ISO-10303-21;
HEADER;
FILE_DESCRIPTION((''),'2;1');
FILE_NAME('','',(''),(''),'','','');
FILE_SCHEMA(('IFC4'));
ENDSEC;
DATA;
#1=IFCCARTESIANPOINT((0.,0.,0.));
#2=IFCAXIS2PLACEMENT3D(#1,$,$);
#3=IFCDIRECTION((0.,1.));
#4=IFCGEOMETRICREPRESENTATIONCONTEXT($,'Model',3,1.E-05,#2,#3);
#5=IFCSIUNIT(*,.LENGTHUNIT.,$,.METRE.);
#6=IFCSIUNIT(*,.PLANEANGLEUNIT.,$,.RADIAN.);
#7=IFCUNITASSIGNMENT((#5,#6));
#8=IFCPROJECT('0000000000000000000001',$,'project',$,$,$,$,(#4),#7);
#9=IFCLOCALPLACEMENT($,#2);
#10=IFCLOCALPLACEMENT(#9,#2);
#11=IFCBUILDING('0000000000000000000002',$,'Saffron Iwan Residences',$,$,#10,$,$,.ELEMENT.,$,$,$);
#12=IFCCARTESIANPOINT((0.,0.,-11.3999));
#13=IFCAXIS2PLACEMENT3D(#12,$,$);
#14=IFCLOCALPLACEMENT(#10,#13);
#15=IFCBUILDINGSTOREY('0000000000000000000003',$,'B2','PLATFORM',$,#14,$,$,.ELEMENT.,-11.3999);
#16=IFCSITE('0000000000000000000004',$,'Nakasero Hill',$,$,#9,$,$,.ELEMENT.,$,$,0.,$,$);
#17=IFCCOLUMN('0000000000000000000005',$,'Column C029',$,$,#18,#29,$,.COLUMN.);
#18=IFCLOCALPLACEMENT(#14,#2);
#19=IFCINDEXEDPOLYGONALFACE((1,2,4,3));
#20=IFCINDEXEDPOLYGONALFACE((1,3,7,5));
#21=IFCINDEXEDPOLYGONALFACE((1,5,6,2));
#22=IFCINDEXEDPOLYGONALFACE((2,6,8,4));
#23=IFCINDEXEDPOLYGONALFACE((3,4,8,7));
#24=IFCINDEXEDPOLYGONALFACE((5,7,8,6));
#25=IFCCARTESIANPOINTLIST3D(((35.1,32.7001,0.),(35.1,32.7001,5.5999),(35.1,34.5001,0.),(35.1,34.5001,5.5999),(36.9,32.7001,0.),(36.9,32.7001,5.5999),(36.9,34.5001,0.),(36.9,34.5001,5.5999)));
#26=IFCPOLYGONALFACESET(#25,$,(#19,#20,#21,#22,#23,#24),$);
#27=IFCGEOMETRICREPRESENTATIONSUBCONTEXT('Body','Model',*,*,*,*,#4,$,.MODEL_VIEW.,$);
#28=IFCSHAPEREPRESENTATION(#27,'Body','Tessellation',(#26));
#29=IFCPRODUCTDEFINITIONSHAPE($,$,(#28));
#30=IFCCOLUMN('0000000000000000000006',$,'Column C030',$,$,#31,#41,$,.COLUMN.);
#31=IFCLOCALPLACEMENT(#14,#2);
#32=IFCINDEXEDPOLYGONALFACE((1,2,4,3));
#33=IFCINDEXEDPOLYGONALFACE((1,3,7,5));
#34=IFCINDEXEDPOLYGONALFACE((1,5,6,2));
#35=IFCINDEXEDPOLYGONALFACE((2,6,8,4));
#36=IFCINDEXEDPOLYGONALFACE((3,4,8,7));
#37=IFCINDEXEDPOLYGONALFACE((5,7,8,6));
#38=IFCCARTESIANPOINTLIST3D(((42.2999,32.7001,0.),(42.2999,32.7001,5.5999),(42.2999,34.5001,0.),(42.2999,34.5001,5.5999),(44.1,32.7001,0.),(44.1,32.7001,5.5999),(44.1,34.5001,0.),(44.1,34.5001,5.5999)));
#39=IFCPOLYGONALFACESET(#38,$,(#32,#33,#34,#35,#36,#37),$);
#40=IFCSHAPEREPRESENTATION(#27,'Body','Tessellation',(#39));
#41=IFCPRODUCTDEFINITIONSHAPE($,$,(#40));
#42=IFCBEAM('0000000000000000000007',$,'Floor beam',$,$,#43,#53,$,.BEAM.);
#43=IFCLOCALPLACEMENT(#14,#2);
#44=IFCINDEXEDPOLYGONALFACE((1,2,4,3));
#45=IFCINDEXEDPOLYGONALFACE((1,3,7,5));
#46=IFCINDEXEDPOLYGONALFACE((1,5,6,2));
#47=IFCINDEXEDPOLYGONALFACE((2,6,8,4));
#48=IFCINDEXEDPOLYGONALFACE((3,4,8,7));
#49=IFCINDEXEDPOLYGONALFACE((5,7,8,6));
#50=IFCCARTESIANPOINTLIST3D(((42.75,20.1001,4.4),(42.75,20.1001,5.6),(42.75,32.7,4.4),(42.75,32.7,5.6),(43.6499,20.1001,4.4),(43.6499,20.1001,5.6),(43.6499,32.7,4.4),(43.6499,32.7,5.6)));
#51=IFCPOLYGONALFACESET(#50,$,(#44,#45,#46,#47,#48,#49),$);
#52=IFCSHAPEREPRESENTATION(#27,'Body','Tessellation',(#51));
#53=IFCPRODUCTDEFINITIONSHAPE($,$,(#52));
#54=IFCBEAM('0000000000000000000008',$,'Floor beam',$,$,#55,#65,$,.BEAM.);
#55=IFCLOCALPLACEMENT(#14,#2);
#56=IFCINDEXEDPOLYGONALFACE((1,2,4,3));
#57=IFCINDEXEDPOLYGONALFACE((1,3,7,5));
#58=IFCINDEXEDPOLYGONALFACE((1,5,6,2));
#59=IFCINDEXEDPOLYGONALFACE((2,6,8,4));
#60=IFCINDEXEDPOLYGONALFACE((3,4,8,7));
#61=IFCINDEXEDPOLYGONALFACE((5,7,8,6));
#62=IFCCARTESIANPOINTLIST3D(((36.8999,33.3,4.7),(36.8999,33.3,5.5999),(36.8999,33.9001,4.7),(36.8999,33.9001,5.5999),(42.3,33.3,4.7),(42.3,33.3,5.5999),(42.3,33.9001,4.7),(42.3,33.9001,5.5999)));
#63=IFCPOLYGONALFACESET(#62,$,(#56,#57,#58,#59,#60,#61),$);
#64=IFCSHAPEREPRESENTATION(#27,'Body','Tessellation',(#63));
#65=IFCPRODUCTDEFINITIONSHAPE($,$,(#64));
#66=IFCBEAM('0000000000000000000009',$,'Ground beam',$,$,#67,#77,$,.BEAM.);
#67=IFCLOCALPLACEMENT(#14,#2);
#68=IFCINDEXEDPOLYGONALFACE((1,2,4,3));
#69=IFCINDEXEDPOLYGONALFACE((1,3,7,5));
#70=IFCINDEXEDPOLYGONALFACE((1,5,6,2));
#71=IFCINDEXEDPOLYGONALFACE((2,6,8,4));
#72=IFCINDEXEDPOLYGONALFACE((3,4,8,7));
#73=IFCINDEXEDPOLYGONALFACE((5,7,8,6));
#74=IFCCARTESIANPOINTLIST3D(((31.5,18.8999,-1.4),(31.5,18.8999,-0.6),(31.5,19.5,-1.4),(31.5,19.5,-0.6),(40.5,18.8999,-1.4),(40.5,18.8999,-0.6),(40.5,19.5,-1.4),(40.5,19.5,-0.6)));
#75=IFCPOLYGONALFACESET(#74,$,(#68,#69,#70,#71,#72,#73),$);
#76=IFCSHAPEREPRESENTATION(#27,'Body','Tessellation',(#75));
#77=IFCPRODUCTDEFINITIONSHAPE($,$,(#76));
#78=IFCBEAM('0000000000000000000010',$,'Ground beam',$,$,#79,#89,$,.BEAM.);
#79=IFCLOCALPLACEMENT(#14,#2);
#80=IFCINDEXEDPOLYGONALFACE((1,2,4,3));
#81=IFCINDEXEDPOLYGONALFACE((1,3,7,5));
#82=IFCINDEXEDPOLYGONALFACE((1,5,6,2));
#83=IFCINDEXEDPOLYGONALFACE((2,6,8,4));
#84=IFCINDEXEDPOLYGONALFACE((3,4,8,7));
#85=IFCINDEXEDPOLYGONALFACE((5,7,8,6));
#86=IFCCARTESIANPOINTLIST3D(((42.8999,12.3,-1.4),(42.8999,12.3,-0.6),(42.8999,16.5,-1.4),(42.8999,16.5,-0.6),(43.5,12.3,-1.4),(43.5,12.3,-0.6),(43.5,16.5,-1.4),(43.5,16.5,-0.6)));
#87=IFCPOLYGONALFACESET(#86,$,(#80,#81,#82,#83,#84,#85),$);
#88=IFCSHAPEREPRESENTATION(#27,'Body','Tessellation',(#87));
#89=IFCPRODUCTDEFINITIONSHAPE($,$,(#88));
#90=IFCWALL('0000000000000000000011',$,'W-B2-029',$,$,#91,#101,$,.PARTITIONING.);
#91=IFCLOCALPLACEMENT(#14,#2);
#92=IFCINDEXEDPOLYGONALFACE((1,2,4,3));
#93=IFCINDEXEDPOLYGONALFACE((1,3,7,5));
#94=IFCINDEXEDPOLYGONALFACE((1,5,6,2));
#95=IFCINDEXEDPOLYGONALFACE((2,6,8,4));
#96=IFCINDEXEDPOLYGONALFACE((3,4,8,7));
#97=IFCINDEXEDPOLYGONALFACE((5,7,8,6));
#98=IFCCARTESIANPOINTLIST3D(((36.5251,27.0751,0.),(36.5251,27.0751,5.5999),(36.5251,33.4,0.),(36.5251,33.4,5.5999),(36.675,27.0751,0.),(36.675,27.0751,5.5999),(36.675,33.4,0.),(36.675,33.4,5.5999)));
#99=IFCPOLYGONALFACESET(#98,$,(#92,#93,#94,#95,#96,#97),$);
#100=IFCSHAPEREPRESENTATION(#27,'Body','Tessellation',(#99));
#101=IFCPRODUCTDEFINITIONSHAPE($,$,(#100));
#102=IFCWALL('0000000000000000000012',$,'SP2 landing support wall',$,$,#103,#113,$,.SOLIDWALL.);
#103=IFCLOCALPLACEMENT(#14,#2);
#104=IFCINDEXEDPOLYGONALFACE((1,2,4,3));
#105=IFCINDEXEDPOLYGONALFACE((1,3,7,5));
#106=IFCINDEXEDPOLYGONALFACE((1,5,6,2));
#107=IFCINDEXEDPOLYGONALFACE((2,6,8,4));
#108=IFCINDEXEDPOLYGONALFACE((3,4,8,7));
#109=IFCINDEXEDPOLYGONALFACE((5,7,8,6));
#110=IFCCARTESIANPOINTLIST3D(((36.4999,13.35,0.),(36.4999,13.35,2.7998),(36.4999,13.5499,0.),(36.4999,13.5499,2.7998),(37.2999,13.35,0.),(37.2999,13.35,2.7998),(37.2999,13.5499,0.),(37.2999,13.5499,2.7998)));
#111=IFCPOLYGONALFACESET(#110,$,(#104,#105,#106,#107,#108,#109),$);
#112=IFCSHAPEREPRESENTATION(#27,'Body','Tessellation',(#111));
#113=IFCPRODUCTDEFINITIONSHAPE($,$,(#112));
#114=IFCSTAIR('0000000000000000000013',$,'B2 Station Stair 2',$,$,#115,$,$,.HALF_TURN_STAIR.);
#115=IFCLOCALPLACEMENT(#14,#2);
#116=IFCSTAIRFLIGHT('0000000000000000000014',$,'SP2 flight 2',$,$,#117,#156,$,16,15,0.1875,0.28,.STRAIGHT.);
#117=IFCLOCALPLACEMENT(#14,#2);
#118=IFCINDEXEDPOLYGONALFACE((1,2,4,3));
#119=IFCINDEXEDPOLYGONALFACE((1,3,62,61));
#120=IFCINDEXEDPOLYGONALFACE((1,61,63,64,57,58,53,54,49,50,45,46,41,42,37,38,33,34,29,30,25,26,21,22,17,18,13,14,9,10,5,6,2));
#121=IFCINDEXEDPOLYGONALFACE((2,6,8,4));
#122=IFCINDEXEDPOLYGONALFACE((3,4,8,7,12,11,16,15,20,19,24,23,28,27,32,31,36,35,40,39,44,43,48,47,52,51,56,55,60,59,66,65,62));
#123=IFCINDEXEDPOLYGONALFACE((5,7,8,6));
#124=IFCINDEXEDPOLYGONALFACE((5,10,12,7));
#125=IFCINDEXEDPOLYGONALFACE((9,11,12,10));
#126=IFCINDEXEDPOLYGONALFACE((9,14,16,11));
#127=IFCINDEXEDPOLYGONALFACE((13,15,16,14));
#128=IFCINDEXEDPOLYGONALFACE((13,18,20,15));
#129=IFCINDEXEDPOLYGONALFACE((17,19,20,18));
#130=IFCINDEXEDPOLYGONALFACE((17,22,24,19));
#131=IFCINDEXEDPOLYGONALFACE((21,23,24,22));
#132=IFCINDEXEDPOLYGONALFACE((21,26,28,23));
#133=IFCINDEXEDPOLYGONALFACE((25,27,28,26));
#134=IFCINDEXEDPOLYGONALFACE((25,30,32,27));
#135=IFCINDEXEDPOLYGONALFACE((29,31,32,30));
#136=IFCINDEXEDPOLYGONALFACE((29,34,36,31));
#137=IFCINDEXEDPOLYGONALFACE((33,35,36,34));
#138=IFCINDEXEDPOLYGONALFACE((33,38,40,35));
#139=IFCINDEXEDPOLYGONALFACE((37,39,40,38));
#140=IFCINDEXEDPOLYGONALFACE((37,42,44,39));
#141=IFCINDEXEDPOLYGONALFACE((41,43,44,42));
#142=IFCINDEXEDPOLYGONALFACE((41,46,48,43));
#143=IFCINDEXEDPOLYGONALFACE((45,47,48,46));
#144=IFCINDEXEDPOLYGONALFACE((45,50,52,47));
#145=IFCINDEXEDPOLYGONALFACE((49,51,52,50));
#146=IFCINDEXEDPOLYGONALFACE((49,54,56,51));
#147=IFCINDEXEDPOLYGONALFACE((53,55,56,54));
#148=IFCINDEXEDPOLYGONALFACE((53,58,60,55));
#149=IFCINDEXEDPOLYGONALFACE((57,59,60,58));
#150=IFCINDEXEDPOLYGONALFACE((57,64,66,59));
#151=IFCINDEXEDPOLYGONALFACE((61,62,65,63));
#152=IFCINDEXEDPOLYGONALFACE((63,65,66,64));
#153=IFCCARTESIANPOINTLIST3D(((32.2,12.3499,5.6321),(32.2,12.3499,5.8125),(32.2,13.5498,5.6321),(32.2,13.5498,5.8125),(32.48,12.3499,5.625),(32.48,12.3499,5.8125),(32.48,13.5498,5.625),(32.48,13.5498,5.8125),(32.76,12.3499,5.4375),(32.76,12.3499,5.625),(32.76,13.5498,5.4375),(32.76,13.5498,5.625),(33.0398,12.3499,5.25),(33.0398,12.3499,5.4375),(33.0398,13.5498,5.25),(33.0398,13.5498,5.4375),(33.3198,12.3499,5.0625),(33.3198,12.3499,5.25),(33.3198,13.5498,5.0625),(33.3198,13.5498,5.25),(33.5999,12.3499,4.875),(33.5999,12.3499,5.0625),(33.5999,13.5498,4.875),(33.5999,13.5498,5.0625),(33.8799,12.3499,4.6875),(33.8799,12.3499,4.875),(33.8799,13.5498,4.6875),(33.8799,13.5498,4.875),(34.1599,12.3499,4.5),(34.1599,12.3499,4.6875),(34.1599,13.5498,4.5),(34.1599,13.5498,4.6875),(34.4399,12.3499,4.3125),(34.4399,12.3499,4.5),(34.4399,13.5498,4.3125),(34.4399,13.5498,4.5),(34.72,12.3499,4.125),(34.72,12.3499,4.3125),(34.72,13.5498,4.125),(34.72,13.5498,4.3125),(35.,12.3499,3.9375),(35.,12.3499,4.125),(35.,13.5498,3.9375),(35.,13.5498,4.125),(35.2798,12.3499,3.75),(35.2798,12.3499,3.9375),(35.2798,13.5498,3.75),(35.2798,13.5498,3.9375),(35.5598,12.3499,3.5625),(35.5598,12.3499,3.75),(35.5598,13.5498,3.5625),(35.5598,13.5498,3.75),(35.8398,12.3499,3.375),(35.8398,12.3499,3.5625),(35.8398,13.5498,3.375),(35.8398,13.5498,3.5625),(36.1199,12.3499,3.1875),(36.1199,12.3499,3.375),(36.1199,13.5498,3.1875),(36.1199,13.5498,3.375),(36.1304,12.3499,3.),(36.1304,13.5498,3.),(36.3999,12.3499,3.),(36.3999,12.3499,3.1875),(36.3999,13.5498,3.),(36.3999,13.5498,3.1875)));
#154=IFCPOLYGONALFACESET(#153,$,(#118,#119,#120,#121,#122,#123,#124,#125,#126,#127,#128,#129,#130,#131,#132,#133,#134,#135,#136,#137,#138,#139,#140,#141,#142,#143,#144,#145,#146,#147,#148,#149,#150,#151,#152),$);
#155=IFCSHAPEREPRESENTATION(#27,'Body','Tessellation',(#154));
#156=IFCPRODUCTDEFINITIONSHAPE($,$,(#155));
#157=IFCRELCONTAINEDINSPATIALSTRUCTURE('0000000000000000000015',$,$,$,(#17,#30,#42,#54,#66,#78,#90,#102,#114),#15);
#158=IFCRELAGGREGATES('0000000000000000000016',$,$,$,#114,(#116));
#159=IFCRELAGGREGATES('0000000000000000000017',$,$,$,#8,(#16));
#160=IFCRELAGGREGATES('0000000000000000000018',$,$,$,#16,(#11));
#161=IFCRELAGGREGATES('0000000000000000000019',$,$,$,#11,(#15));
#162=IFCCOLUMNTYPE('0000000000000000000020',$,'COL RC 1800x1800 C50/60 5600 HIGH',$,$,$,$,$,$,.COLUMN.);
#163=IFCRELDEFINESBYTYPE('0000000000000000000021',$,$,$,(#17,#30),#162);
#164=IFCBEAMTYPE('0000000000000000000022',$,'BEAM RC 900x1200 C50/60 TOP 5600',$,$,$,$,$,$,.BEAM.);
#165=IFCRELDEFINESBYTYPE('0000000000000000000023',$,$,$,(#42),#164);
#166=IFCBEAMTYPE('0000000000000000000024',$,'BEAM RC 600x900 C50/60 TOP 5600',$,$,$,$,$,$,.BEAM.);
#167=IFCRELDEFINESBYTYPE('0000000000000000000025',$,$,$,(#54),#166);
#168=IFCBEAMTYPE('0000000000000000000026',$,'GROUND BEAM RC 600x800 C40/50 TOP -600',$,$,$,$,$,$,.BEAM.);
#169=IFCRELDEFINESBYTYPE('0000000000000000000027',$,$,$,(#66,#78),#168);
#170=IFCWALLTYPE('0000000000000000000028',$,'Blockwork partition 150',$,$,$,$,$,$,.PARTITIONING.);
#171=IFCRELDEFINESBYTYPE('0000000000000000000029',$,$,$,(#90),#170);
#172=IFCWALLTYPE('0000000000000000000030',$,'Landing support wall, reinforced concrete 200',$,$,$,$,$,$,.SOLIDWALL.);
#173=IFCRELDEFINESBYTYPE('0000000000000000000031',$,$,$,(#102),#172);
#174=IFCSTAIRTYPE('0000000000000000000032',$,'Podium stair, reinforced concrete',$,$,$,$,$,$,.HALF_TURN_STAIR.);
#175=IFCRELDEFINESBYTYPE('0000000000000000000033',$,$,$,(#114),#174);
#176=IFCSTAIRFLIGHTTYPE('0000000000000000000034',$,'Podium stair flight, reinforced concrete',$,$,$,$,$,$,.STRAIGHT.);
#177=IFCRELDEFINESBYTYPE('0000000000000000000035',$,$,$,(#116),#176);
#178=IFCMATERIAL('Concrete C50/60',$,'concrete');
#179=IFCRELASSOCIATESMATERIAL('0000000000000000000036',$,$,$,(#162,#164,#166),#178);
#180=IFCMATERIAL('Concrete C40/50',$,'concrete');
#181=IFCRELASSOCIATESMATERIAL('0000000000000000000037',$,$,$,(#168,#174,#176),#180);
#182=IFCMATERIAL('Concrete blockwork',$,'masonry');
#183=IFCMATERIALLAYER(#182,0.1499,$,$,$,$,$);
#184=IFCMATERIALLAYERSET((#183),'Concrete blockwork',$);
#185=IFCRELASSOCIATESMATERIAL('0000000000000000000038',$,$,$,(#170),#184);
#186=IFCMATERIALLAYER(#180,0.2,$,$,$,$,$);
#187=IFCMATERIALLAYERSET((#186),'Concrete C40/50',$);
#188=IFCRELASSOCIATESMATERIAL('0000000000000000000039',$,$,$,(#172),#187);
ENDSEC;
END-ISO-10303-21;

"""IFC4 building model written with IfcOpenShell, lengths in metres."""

from ifc_helpers import new_model, si_unit, direction, frame, frame_2d, origin, origin_2d, place, context, subcontext, project, spatial, polyline, rectangle, outline, extrude, source, transform, mapped, material, layer, layer_set, material_profile, profile_set, type_object, element, aggregate, save


model = new_model("IFC4")

# Units and contexts
model_context = context("Model", 3, precision=1e-05, world=origin(), true_north=direction((0.0, 1.0)))
body_context = subcontext(model_context, "Body", "Model", "MODEL_VIEW")
ifc_project = project(units=[si_unit("LENGTHUNIT", "METRE"), si_unit("PLANEANGLEUNIT", "RADIAN")], contexts=[model_context])

# Site, building, storey
site_placement = place(None, origin())
site = spatial("IfcSite", under=ifc_project, at=site_placement, Name="Nakasero Hill", CompositionType="ELEMENT", RefElevation=0.0)
building_placement = place(site_placement, origin())
building = spatial("IfcBuilding", under=site, at=building_placement, Name="Saffron Iwan Residences", CompositionType="ELEMENT")
storey_placement = place(building_placement, frame((0.0, 0.0, -11.3999)))
storey = spatial("IfcBuildingStorey", under=building, at=storey_placement, Name="B2", Description="PLATFORM", CompositionType="ELEMENT", Elevation=-11.3999)

# Shared definitions
ifc_material_1 = material(Name="Concrete C40/50", Category="concrete")

# Columns
ifc_material_2 = material(Name="Concrete C50/60", Category="concrete")
ifc_material_profile_1 = material_profile(ifc_material_2, rectangle(XDim=1.8, YDim=1.8, at=origin_2d()), Name="RC 1800x1800")
ifc_profile_set_1 = profile_set([ifc_material_profile_1], Name="Concrete C50/60")
column_type = type_object("IfcColumnType", Name="COL RC 1800x1800 C50/60 5600 HIGH", PredefinedType="COLUMN", material=ifc_profile_set_1)
shared_shape_1 = source(origin(), body_context, "Body", "SweptSolid", [
    extrude(rectangle(XDim=1.8, YDim=1.8, at=origin_2d()), origin(), (0.0, 0.0, 1.0), 5.5999),
])
for number, where, z_axis, x_axis, name in (
    (1, (36.0, 33.6001, 0.0), (0.0, 0.0, 1.0), (1.0, 0.0, 0.0), "Column C029"),
    (2, (43.2, 33.6001, 0.0), (0.0, 0.0, 1.0), (1.0, 0.0, 0.0), "Column C030"),
):
    element("IfcColumn", number, at=place(storey_placement, frame(where, z_axis=z_axis, x_axis=x_axis)), inside=storey, type_object=column_type, Name=name, PredefinedType="COLUMN", context=body_context, shape_type="MappedRepresentation", body=[
        mapped(shared_shape_1, transform((0.0, 0.0, 0.0))),
    ])

# Beams
ifc_material_profile_2 = material_profile(ifc_material_2, rectangle(XDim=0.8999, YDim=1.2, at=origin_2d()), Name="RC 900x1200")
ifc_profile_set_2 = profile_set([ifc_material_profile_2], Name="Concrete C50/60")
beam_type_1 = type_object("IfcBeamType", Name="BEAM RC 900x1200 C50/60 TOP 5600", PredefinedType="BEAM", material=ifc_profile_set_2)
shared_shape_2 = source(origin(), body_context, "Body", "SweptSolid", [
    extrude(rectangle(XDim=0.8999, YDim=1.2, at=origin_2d()), origin(), (0.0, 0.0, 1.0), 12.5999),
])
beam_1_placement = place(storey_placement, frame((43.2, 20.1001, 5.0), z_axis=(0.0, 1.0, 0.0), x_axis=(-1.0, 0.0, 0.0)))
element("IfcBeam", 3, at=beam_1_placement, inside=storey, type_object=beam_type_1, Name="Floor beam", PredefinedType="BEAM", context=body_context, shape_type="MappedRepresentation", body=[
    mapped(shared_shape_2, transform((0.0, 0.0, 0.0))),
])
ifc_material_profile_3 = material_profile(ifc_material_2, rectangle(XDim=0.6001, YDim=0.8999, at=origin_2d()), Name="RC 600x900")
ifc_profile_set_3 = profile_set([ifc_material_profile_3], Name="Concrete C50/60")
beam_type_2 = type_object("IfcBeamType", Name="BEAM RC 600x900 C50/60 TOP 5600", PredefinedType="BEAM", material=ifc_profile_set_3)
shared_shape_3 = source(origin(), body_context, "Body", "SweptSolid", [
    extrude(rectangle(XDim=0.6001, YDim=0.8999, at=origin_2d()), origin(), (0.0, 0.0, 1.0), 5.4001),
])
beam_2_placement = place(storey_placement, frame((36.8999, 33.6001, 5.1499), z_axis=(1.0, 0.0, 0.0), x_axis=(0.0, 1.0, 0.0)))
element("IfcBeam", 4, at=beam_2_placement, inside=storey, type_object=beam_type_2, Name="Floor beam", PredefinedType="BEAM", context=body_context, shape_type="MappedRepresentation", body=[
    mapped(shared_shape_3, transform((0.0, 0.0, 0.0))),
])
ifc_material_profile_4 = material_profile(ifc_material_1, rectangle(XDim=0.6001, YDim=0.8, at=origin_2d()), Name="RC 600x800")
ifc_profile_set_4 = profile_set([ifc_material_profile_4], Name="Concrete C40/50")
beam_type_3 = type_object("IfcBeamType", Name="GROUND BEAM RC 600x800 C40/50 TOP -600", PredefinedType="BEAM", material=ifc_profile_set_4)
shared_shape_4 = source(origin(), body_context, "Body", "SweptSolid", [
    extrude(rectangle(XDim=0.6001, YDim=0.8, at=origin_2d()), origin(), (0.0, 0.0, 1.0), 9.0),
])
beam_3_placement = place(storey_placement, frame((31.5, 19.2, -1.0), z_axis=(1.0, 0.0, 0.0), x_axis=(0.0, 1.0, 0.0)))
element("IfcBeam", 5, at=beam_3_placement, inside=storey, type_object=beam_type_3, Name="Ground beam", PredefinedType="BEAM", context=body_context, shape_type="MappedRepresentation", body=[
    mapped(shared_shape_4, transform((0.0, 0.0, 0.0))),
])
shared_shape_5 = source(origin(), body_context, "Body", "SweptSolid", [
    extrude(rectangle(XDim=0.6001, YDim=0.8, at=origin_2d()), origin(), (0.0, 0.0, 1.0), 4.2),
])
beam_4_placement = place(storey_placement, frame((43.2, 12.3, -1.0), z_axis=(0.0, 1.0, 0.0), x_axis=(-1.0, 0.0, 0.0)))
element("IfcBeam", 6, at=beam_4_placement, inside=storey, type_object=beam_type_3, Name="Ground beam", PredefinedType="BEAM", context=body_context, shape_type="MappedRepresentation", body=[
    mapped(shared_shape_5, transform((0.0, 0.0, 0.0))),
])

# Walls
ifc_material_3 = material(Name="Concrete blockwork", Category="masonry")
ifc_layer_1 = layer(ifc_material_3, 0.1499)
ifc_layer_set_1 = layer_set([ifc_layer_1], Name="Concrete blockwork")
wall_type_1 = type_object("IfcWallType", Name="Blockwork partition 150", PredefinedType="PARTITIONING", material=ifc_layer_set_1)
wall_1_placement = place(storey_placement, frame((36.6001, 27.075, 0.0), z_axis=(0.0, 0.0, 1.0), x_axis=(0.0, 1.0, 0.0)))
element("IfcWall", 7, at=wall_1_placement, inside=storey, type_object=wall_type_1, Name="W-B2-029", PredefinedType="PARTITIONING", context=body_context, shape_type="SweptSolid", body=[
    extrude(rectangle(XDim=6.325, YDim=0.1499, at=frame_2d((3.1626, 0.0))), origin(), (0.0, 0.0, 1.0), 5.5999),
])
ifc_layer_2 = layer(ifc_material_1, 0.2)
ifc_layer_set_2 = layer_set([ifc_layer_2], Name="Concrete C40/50")
wall_type_2 = type_object("IfcWallType", Name="Landing support wall, reinforced concrete 200", PredefinedType="SOLIDWALL", material=ifc_layer_set_2)
wall_2_placement = place(storey_placement, frame((36.5, 13.45, 0.0), z_axis=(0.0, 0.0, 1.0), x_axis=(1.0, 0.0, 0.0)))
element("IfcWall", 8, at=wall_2_placement, inside=storey, type_object=wall_type_2, Name="SP2 landing support wall", PredefinedType="SOLIDWALL", context=body_context, shape_type="SweptSolid", body=[
    extrude(rectangle(XDim=0.8, YDim=0.2, at=frame_2d((0.3999, 0.0))), origin(), (0.0, 0.0, 1.0), 2.7998),
])

# Stair, stair flight
stair_type = type_object("IfcStairType", Name="Podium stair, reinforced concrete", PredefinedType="HALF_TURN_STAIR", material=ifc_material_1)
stair_placement = place(storey_placement, origin())
stair = element("IfcStair", 9, at=stair_placement, inside=storey, type_object=stair_type, Name="B2 Station Stair 2", PredefinedType="HALF_TURN_STAIR")
stair_flight_type = type_object("IfcStairFlightType", Name="Podium stair flight, reinforced concrete", PredefinedType="STRAIGHT", material=ifc_material_1)
stair_flight_placement = place(storey_placement, frame((36.3999, 12.95, 3.0), z_axis=(0.0, 0.0, 1.0), x_axis=(-1.0, 0.0, 0.0)))
stair_flight = element("IfcStairFlight", 10, at=stair_flight_placement, type_object=stair_flight_type, Name="SP2 flight 2", NumberOfRisers=16, NumberOfTreads=15, PredefinedType="STRAIGHT", RiserHeight=0.1875, TreadLength=0.28, context=body_context, shape_type="SweptSolid", body=[
    extrude(outline(polyline([(0.0, 0.0), (0.0, 0.1875), (0.28, 0.1875), (0.28, 0.375), (0.5601, 0.375), (0.5601, 0.5625), (0.8401, 0.5625), (0.8401, 0.75), (1.1201, 0.75), (1.1201, 0.9375), (1.3999, 0.9375), (1.3999, 1.125), (1.6799, 1.125), (1.6799, 1.3125), (1.96, 1.3125), (1.96, 1.5), (2.24, 1.5), (2.24, 1.6875), (2.52, 1.6875), (2.52, 1.875), (2.8, 1.875), (2.8, 2.0625), (3.0801, 2.0625), (3.0801, 2.25), (3.3601, 2.25), (3.3601, 2.4375), (3.6399, 2.4375), (3.6399, 2.625), (3.9199, 2.625), (3.9199, 2.8125), (4.2, 2.8125), (4.2, 3.0), (4.2, 2.6321), (0.2695, 0.0), (0.0, 0.0)])), frame((0.0, 0.6001, 0.0), z_axis=(0.0, -1.0, 0.0), x_axis=(1.0, 0.0, 0.0)), (0.0, 0.0, 1.0), 1.2),
])
aggregate(stair, [stair_flight])

save(model, "model.ifc")
